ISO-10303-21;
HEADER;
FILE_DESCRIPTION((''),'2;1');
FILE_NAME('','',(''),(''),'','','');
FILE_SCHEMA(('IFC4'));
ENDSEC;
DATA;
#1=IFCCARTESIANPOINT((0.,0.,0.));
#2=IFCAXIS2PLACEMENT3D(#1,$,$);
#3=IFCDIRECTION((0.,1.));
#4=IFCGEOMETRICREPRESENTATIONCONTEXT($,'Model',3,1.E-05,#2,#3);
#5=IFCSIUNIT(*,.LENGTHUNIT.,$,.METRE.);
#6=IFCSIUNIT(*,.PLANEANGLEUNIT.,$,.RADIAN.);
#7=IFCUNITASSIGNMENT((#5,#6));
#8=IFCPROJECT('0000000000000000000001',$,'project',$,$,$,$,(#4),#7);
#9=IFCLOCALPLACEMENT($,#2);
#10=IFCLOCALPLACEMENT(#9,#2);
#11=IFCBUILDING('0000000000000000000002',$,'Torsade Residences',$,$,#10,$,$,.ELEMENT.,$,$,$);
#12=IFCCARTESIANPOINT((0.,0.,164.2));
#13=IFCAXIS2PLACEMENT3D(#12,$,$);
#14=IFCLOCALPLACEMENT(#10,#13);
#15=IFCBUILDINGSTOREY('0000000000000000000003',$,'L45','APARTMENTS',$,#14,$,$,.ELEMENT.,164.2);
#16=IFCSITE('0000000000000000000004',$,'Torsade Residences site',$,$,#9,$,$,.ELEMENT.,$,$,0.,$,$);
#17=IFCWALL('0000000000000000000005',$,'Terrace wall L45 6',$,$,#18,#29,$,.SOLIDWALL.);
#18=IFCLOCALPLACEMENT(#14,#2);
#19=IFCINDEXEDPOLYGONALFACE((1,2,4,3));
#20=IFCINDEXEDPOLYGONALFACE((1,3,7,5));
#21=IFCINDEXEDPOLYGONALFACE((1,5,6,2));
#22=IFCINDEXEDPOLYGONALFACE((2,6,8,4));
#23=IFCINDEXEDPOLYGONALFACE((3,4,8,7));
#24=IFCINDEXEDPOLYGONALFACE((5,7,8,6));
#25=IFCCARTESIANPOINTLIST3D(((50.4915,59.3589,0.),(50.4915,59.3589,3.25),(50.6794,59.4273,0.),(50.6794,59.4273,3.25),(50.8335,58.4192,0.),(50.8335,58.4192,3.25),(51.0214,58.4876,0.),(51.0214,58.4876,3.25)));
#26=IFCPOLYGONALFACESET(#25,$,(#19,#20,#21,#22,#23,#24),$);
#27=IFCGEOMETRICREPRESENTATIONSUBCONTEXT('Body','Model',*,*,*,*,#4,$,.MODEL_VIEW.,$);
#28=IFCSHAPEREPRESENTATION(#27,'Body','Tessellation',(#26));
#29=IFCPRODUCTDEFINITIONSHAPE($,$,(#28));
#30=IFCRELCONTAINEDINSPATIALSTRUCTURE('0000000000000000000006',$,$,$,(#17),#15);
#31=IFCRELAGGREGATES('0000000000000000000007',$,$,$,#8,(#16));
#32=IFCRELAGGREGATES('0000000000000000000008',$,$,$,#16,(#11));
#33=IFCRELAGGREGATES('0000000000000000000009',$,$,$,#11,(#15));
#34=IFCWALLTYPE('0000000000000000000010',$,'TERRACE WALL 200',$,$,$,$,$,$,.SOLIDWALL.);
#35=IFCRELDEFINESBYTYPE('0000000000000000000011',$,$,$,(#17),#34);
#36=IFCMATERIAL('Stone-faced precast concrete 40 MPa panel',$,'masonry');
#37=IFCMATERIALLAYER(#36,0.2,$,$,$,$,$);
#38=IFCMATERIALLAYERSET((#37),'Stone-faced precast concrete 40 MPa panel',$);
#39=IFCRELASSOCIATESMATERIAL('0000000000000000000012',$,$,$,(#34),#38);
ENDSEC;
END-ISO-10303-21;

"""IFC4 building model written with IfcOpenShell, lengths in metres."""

from ifc_helpers import new_model, si_unit, direction, frame, frame_2d, origin, place, context, subcontext, project, spatial, rectangle, extrude, material, layer, layer_set, type_object, element, save


model = new_model("IFC4")

# Units and contexts
model_context = context("Model", 3, precision=1e-05, world=origin(), true_north=direction((0.0, 1.0)))
body_context = subcontext(model_context, "Body", "Model", "MODEL_VIEW")
ifc_project = project(units=[si_unit("LENGTHUNIT", "METRE"), si_unit("PLANEANGLEUNIT", "RADIAN")], contexts=[model_context])

# Site, building, storey
site_placement = place(None, origin())
site = spatial("IfcSite", under=ifc_project, at=site_placement, Name="Torsade Residences site", CompositionType="ELEMENT", RefElevation=0.0)
building_placement = place(site_placement, origin())
building = spatial("IfcBuilding", under=site, at=building_placement, Name="Torsade Residences", CompositionType="ELEMENT")
storey_placement = place(building_placement, frame((0.0, 0.0, 164.2)))
storey = spatial("IfcBuildingStorey", under=building, at=storey_placement, Name="L45", Description="APARTMENTS", CompositionType="ELEMENT", Elevation=164.2)

# Wall
ifc_material_1 = material(Name="Stone-faced precast concrete 40 MPa panel", Category="masonry")
ifc_layer_1 = layer(ifc_material_1, 0.2)
ifc_layer_set_1 = layer_set([ifc_layer_1], Name="Stone-faced precast concrete 40 MPa panel")
wall_type_1 = type_object("IfcWallType", Name="TERRACE WALL 200", PredefinedType="SOLIDWALL", material=ifc_layer_set_1)
wall_1_placement = place(storey_placement, frame((50.9275, 58.4534, 0.0), z_axis=(0.0, 0.0, 1.0), x_axis=(-0.342037, 0.939686, 0.0)))
element("IfcWall", 1, at=wall_1_placement, inside=storey, type_object=wall_type_1, Name="Terrace wall L45 6", PredefinedType="SOLIDWALL", context=body_context, shape_type="SweptSolid", body=[
    extrude(rectangle(XDim=1.0, YDim=0.2, at=frame_2d((0.5, 0.0))), origin(), (0.0, 0.0, 1.0), 3.25),
])

save(model, "model.ifc")
